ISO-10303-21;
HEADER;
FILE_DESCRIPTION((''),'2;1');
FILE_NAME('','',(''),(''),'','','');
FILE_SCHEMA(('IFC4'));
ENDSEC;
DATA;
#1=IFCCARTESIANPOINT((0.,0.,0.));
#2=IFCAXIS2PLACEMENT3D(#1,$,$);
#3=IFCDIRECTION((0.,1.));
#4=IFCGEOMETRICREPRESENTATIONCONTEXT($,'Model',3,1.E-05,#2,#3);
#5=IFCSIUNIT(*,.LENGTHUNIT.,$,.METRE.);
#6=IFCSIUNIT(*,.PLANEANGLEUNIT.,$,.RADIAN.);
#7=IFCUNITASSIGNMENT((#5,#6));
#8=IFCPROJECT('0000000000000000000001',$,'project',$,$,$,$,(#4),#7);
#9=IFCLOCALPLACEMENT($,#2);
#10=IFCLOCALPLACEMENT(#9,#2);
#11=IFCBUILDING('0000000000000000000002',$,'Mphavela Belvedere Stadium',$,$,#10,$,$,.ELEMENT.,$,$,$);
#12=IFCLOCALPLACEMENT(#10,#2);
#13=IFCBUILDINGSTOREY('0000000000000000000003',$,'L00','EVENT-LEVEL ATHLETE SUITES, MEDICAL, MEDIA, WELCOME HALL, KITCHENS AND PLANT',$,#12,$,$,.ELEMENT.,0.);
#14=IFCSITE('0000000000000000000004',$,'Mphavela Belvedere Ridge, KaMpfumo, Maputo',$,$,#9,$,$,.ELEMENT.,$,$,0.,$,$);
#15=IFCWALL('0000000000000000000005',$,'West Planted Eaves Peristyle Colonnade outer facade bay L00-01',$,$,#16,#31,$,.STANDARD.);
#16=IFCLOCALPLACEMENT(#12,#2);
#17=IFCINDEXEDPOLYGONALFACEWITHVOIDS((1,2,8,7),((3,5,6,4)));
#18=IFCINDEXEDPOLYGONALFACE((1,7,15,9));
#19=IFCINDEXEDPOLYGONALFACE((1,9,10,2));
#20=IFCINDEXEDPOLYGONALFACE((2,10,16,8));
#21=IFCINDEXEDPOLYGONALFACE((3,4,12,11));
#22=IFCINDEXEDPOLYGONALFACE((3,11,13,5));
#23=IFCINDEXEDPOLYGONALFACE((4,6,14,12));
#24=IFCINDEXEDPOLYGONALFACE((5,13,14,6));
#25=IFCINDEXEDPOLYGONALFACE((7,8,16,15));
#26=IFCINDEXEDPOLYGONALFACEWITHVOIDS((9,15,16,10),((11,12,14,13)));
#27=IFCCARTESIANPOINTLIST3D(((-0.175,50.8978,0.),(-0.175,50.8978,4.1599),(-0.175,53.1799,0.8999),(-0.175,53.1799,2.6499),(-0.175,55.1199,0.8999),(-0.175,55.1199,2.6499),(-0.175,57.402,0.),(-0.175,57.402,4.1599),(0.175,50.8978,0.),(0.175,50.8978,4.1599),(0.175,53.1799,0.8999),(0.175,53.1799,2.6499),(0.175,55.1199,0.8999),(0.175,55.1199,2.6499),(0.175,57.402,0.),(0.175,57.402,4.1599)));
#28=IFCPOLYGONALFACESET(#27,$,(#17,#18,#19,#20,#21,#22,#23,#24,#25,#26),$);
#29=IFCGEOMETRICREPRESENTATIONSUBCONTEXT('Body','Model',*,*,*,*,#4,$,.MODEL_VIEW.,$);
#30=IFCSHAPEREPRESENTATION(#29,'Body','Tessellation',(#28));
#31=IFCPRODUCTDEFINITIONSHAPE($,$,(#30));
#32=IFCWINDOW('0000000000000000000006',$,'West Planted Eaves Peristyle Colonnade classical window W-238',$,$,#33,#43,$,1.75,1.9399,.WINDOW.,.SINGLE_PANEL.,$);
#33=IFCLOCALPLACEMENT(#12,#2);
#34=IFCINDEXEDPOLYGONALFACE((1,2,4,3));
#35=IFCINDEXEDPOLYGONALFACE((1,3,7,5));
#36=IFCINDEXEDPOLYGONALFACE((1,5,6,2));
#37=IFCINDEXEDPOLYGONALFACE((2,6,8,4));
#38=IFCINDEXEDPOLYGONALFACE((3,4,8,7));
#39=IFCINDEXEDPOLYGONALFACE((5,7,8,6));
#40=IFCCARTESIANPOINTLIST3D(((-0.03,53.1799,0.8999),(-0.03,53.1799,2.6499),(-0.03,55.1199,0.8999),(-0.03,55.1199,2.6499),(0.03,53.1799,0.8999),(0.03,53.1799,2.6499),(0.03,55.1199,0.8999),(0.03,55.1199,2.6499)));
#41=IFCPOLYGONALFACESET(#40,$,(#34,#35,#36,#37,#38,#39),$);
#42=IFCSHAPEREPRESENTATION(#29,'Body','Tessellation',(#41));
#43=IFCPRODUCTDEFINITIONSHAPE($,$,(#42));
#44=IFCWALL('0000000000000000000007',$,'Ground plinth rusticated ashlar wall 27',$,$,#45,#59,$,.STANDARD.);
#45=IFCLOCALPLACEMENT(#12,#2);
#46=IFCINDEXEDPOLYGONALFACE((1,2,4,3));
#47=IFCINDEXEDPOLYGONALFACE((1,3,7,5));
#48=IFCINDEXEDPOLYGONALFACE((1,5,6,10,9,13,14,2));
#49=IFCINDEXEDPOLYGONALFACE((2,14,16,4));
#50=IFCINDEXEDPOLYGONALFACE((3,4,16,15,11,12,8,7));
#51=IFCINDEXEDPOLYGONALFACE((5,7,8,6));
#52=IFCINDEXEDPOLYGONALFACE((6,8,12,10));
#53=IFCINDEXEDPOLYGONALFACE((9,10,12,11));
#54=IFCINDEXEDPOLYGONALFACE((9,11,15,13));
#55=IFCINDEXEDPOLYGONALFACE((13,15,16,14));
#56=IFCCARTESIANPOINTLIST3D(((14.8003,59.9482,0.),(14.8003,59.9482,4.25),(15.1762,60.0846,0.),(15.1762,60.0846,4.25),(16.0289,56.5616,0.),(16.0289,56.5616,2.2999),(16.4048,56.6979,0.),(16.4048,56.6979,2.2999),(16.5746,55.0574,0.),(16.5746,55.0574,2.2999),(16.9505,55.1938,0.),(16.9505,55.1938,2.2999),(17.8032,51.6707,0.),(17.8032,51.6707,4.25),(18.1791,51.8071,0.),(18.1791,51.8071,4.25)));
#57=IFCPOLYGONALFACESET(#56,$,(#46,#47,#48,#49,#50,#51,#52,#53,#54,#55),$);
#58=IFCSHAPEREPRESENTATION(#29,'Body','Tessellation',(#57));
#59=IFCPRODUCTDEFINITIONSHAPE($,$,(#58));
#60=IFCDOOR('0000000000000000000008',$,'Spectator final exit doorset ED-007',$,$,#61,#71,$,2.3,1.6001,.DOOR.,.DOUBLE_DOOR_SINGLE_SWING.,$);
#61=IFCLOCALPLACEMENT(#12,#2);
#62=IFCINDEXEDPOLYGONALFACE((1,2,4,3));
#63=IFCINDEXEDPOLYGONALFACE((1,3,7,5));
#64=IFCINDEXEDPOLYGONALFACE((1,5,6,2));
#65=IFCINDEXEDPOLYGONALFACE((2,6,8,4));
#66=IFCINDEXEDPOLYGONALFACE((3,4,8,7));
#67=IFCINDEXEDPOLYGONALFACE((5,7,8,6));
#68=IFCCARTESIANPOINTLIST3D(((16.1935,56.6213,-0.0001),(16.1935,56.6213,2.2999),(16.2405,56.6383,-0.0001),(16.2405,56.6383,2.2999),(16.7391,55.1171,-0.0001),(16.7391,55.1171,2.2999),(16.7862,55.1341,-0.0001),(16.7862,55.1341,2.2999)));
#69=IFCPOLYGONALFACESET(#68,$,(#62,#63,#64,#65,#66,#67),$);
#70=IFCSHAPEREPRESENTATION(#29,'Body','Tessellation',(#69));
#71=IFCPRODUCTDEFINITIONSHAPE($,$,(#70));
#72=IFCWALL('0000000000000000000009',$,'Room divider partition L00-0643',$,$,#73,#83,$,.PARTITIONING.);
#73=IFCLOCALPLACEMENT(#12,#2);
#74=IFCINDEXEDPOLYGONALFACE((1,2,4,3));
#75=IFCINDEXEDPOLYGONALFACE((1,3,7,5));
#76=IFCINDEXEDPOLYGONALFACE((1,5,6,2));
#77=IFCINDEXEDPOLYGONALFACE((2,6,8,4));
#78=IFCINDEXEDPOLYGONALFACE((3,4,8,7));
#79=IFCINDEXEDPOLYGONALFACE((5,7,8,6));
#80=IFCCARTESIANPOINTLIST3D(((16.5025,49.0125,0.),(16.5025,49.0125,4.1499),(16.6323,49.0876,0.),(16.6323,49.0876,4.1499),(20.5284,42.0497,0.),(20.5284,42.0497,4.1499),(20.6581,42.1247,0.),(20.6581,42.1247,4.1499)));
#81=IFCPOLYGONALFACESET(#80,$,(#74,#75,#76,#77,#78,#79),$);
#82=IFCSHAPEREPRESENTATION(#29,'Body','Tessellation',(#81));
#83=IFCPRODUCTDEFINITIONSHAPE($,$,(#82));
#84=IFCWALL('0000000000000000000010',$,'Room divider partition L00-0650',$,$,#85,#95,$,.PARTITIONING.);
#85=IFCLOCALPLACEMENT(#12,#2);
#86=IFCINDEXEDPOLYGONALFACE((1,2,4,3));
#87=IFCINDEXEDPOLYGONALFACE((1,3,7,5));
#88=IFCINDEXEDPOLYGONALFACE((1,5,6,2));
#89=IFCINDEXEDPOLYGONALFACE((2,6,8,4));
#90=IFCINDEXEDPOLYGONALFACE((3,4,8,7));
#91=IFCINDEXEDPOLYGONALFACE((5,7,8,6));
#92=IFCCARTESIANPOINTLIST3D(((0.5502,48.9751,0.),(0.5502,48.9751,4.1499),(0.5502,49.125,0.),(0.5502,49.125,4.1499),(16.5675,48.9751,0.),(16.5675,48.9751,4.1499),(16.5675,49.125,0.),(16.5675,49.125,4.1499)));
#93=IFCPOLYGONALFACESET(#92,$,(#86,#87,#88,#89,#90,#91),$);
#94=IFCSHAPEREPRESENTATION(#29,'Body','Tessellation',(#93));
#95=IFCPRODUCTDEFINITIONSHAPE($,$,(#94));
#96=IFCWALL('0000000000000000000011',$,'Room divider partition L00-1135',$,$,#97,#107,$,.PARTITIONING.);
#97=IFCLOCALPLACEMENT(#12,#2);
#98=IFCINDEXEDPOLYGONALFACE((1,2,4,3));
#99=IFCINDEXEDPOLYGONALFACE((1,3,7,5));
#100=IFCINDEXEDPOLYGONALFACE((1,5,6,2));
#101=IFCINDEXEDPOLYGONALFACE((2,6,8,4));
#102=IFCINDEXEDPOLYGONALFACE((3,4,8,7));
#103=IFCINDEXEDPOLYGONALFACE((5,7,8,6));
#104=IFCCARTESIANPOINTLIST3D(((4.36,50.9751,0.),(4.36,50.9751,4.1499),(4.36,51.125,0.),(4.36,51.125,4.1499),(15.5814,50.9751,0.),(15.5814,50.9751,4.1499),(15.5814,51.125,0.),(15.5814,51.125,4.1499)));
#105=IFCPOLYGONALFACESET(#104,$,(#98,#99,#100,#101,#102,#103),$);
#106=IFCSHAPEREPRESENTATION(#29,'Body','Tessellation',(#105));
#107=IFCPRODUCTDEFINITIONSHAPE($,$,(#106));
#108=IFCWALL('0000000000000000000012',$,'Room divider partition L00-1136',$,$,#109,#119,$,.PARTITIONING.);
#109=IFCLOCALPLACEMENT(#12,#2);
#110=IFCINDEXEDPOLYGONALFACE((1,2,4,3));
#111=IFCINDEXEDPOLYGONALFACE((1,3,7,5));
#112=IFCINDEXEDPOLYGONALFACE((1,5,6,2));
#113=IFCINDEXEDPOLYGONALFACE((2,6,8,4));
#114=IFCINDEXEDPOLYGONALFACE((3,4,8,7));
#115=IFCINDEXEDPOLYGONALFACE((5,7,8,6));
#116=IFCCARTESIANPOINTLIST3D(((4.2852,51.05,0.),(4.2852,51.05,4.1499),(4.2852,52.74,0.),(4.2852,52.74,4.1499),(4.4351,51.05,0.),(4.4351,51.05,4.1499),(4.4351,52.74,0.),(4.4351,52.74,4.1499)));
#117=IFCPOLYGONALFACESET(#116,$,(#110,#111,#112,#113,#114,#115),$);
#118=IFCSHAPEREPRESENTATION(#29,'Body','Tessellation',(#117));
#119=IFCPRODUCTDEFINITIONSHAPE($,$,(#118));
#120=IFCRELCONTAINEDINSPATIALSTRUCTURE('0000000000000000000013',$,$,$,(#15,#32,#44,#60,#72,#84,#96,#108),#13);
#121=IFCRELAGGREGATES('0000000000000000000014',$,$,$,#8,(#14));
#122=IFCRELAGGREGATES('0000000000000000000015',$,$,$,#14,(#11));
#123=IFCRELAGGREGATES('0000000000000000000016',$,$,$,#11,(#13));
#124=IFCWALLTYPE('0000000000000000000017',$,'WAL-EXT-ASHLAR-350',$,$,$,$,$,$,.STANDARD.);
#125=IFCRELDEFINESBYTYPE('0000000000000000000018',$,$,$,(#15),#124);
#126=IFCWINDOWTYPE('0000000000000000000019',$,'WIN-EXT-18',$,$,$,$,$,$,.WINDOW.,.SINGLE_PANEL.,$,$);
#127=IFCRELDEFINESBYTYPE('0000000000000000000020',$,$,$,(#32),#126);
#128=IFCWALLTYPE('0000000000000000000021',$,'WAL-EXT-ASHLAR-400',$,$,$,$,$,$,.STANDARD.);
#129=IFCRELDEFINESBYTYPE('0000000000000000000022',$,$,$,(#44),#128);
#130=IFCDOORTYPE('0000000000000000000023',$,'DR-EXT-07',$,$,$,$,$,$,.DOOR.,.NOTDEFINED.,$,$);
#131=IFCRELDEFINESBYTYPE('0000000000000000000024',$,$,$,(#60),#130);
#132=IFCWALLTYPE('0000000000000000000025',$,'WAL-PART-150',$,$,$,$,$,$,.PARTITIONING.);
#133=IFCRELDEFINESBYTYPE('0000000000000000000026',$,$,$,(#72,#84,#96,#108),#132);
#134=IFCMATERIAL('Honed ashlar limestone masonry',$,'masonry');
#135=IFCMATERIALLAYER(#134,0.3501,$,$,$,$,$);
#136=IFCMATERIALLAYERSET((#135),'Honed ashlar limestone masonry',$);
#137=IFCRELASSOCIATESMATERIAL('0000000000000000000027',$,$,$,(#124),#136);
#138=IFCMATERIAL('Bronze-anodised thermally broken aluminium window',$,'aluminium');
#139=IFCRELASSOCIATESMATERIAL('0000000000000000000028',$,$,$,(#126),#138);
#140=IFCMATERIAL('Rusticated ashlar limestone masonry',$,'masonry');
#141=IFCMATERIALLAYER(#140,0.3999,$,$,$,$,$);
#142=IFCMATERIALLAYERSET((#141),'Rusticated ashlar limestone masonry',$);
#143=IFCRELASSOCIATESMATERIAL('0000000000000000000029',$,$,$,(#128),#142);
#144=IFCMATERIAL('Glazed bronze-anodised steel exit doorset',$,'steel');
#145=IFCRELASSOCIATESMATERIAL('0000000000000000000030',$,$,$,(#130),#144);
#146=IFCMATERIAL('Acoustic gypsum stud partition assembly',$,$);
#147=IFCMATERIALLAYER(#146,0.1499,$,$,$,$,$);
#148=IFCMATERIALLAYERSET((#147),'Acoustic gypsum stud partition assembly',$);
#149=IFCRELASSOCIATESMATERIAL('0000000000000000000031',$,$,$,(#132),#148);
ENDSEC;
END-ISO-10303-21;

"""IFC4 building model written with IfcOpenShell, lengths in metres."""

from ifc_helpers import new_model, si_unit, direction, frame, frame_2d, origin, place, context, subcontext, project, spatial, rectangle, extrude, material, layer, layer_set, type_object, element, fill, save


model = new_model("IFC4")

# Units and contexts
model_context = context("Model", 3, precision=1e-05, world=origin(), true_north=direction((0.0, 1.0)))
body_context = subcontext(model_context, "Body", "Model", "MODEL_VIEW")
ifc_project = project(units=[si_unit("LENGTHUNIT", "METRE"), si_unit("PLANEANGLEUNIT", "RADIAN")], contexts=[model_context])

# Site, building, storey
site_placement = place(None, origin())
site = spatial("IfcSite", under=ifc_project, at=site_placement, Name="Mphavela Belvedere Ridge, KaMpfumo, Maputo", CompositionType="ELEMENT", RefElevation=0.0)
building_placement = place(site_placement, origin())
building = spatial("IfcBuilding", under=site, at=building_placement, Name="Mphavela Belvedere Stadium", CompositionType="ELEMENT")
storey_placement = place(building_placement, origin())
storey = spatial("IfcBuildingStorey", under=building, at=storey_placement, Name="L00", Description="EVENT-LEVEL ATHLETE SUITES, MEDICAL, MEDIA, WELCOME HALL, KITCHENS AND PLANT", CompositionType="ELEMENT", Elevation=0.0)

# Wall, opening, window
ifc_material_1 = material(Name="Honed ashlar limestone masonry", Category="masonry")
ifc_layer_1 = layer(ifc_material_1, 0.3501)
ifc_layer_set_1 = layer_set([ifc_layer_1], Name="Honed ashlar limestone masonry")
wall_type_1 = type_object("IfcWallType", Name="WAL-EXT-ASHLAR-350", PredefinedType="STANDARD", material=ifc_layer_set_1)
wall_1_placement = place(storey_placement, frame((0.0, 50.8979, 0.0), z_axis=(0.0, 0.0, 1.0), x_axis=(0.0, 1.0, 0.0)))
wall_1 = element("IfcWall", 1, at=wall_1_placement, inside=storey, type_object=wall_type_1, Name="West Planted Eaves Peristyle Colonnade outer facade bay L00-01", PredefinedType="STANDARD", context=body_context, shape_type="SweptSolid", body=[
    extrude(rectangle(XDim=6.5042, YDim=0.3501, at=frame_2d((3.252, 0.0))), origin(), (0.0, 0.0, 1.0), 4.1599),
])
opening_1_placement = place(wall_1_placement, frame((2.282, 0.0, 0.8999)))
opening_1 = element("IfcOpeningElement", 2, at=opening_1_placement, cuts=wall_1, PredefinedType="OPENING", context=body_context, shape_type="SweptSolid", body=[
    extrude(rectangle(XDim=1.9399, YDim=1.75, at=frame_2d((0.97, 0.875))), frame((0.0, 0.1851, 0.0), z_axis=(0.0, -1.0, 0.0), x_axis=(1.0, 0.0, 0.0)), (0.0, 0.0, 1.0), 0.3701),
])
ifc_material_2 = material(Name="Bronze-anodised thermally broken aluminium window", Category="aluminium")
window_type = type_object("IfcWindowType", Name="WIN-EXT-18", PartitioningType="SINGLE_PANEL", PredefinedType="WINDOW", material=ifc_material_2)
window_placement = place(opening_1_placement, origin())
window = element("IfcWindow", 3, at=window_placement, inside=storey, type_object=window_type, Name="West Planted Eaves Peristyle Colonnade classical window W-238", OverallHeight=1.75, OverallWidth=1.9399, PartitioningType="SINGLE_PANEL", PredefinedType="WINDOW", context=body_context, shape_type="SweptSolid", body=[
    extrude(rectangle(XDim=1.9399, YDim=1.75, at=frame_2d((0.97, 0.875))), frame((0.0, 0.03, 0.0), z_axis=(0.0, -1.0, 0.0), x_axis=(1.0, 0.0, 0.0)), (0.0, 0.0, 1.0), 0.0601),
])
fill(opening_1, window)

# Wall, opening, door
ifc_material_3 = material(Name="Rusticated ashlar limestone masonry", Category="masonry")
ifc_layer_2 = layer(ifc_material_3, 0.3999)
ifc_layer_set_2 = layer_set([ifc_layer_2], Name="Rusticated ashlar limestone masonry")
wall_type_2 = type_object("IfcWallType", Name="WAL-EXT-ASHLAR-400", PredefinedType="STANDARD", material=ifc_layer_set_2)
wall_2_placement = place(storey_placement, frame((17.9912, 51.7388, 0.0), z_axis=(0.0, 0.0, 1.0), x_axis=(-0.341031, 0.940052, 0.0)))
wall_2 = element("IfcWall", 4, at=wall_2_placement, inside=storey, type_object=wall_type_2, Name="Ground plinth rusticated ashlar wall 27", PredefinedType="STANDARD", context=body_context, shape_type="SweptSolid", body=[
    extrude(rectangle(XDim=8.8054, YDim=0.3999, at=frame_2d((4.4028, 0.0))), origin(), (0.0, 0.0, 1.0), 4.25),
])
opening_2_placement = place(wall_2_placement, frame((3.6028, 0.0, 0.0)))
opening_2 = element("IfcOpeningElement", 5, at=opening_2_placement, cuts=wall_2, PredefinedType="OPENING", context=body_context, shape_type="SweptSolid", body=[
    extrude(rectangle(XDim=1.6001, YDim=2.3, at=frame_2d((0.8, 1.1499))), frame((0.0, 0.21, 0.0), z_axis=(0.0, -1.0, 0.0), x_axis=(1.0, 0.0, 0.0)), (0.0, 0.0, 1.0), 0.4199),
])
ifc_material_4 = material(Name="Glazed bronze-anodised steel exit doorset", Category="steel")
door_type = type_object("IfcDoorType", Name="DR-EXT-07", OperationType="NOTDEFINED", PredefinedType="DOOR", material=ifc_material_4)
door_placement = place(opening_2_placement, origin())
door = element("IfcDoor", 6, at=door_placement, inside=storey, type_object=door_type, Name="Spectator final exit doorset ED-007", OperationType="DOUBLE_DOOR_SINGLE_SWING", OverallHeight=2.3, OverallWidth=1.6001, PredefinedType="DOOR", context=body_context, shape_type="SweptSolid", body=[
    extrude(rectangle(XDim=1.6001, YDim=2.3, at=frame_2d((0.8, 1.1499))), frame((0.0, 0.0249, 0.0), z_axis=(0.0, -1.0, 0.0), x_axis=(1.0, 0.0, 0.0)), (0.0, 0.0, 1.0), 0.05),
])
fill(opening_2, door)

# Walls
ifc_material_5 = material(Name="Acoustic gypsum stud partition assembly")
ifc_layer_3 = layer(ifc_material_5, 0.1499)
ifc_layer_set_3 = layer_set([ifc_layer_3], Name="Acoustic gypsum stud partition assembly")
wall_type_3 = type_object("IfcWallType", Name="WAL-PART-150", PredefinedType="PARTITIONING", material=ifc_layer_set_3)
wall_3_placement = place(storey_placement, frame((16.5674, 49.05, 0.0), z_axis=(0.0, 0.0, 1.0), x_axis=(0.500546, -0.86571, 0.0)))
element("IfcWall", 7, at=wall_3_placement, inside=storey, type_object=wall_type_3, Name="Room divider partition L00-0643", PredefinedType="PARTITIONING", context=body_context, shape_type="SweptSolid", body=[
    extrude(rectangle(XDim=8.043, YDim=0.1499, at=frame_2d((4.0215, 0.0))), origin(), (0.0, 0.0, 1.0), 4.1499),
])
wall_4_placement = place(storey_placement, frame((0.55, 49.05, 0.0), z_axis=(0.0, 0.0, 1.0), x_axis=(1.0, 0.0, 0.0)))
element("IfcWall", 8, at=wall_4_placement, inside=storey, type_object=wall_type_3, Name="Room divider partition L00-0650", PredefinedType="PARTITIONING", context=body_context, shape_type="SweptSolid", body=[
    extrude(rectangle(XDim=16.0173, YDim=0.1499, at=frame_2d((8.0088, 0.0))), origin(), (0.0, 0.0, 1.0), 4.1499),
])
wall_5_placement = place(storey_placement, frame((15.5815, 51.05, 0.0), z_axis=(0.0, 0.0, 1.0), x_axis=(-1.0, 0.0, 0.0)))
element("IfcWall", 9, at=wall_5_placement, inside=storey, type_object=wall_type_3, Name="Room divider partition L00-1135", PredefinedType="PARTITIONING", context=body_context, shape_type="SweptSolid", body=[
    extrude(rectangle(XDim=11.2214, YDim=0.1499, at=frame_2d((5.6108, 0.0))), origin(), (0.0, 0.0, 1.0), 4.1499),
])
wall_6_placement = place(storey_placement, frame((4.3601, 51.05, 0.0), z_axis=(0.0, 0.0, 1.0), x_axis=(0.0, 1.0, 0.0)))
element("IfcWall", 10, at=wall_6_placement, inside=storey, type_object=wall_type_3, Name="Room divider partition L00-1136", PredefinedType="PARTITIONING", context=body_context, shape_type="SweptSolid", body=[
    extrude(rectangle(XDim=1.6899, YDim=0.1499, at=frame_2d((0.845, 0.0))), origin(), (0.0, 0.0, 1.0), 4.1499),
])

save(model, "model.ifc")
